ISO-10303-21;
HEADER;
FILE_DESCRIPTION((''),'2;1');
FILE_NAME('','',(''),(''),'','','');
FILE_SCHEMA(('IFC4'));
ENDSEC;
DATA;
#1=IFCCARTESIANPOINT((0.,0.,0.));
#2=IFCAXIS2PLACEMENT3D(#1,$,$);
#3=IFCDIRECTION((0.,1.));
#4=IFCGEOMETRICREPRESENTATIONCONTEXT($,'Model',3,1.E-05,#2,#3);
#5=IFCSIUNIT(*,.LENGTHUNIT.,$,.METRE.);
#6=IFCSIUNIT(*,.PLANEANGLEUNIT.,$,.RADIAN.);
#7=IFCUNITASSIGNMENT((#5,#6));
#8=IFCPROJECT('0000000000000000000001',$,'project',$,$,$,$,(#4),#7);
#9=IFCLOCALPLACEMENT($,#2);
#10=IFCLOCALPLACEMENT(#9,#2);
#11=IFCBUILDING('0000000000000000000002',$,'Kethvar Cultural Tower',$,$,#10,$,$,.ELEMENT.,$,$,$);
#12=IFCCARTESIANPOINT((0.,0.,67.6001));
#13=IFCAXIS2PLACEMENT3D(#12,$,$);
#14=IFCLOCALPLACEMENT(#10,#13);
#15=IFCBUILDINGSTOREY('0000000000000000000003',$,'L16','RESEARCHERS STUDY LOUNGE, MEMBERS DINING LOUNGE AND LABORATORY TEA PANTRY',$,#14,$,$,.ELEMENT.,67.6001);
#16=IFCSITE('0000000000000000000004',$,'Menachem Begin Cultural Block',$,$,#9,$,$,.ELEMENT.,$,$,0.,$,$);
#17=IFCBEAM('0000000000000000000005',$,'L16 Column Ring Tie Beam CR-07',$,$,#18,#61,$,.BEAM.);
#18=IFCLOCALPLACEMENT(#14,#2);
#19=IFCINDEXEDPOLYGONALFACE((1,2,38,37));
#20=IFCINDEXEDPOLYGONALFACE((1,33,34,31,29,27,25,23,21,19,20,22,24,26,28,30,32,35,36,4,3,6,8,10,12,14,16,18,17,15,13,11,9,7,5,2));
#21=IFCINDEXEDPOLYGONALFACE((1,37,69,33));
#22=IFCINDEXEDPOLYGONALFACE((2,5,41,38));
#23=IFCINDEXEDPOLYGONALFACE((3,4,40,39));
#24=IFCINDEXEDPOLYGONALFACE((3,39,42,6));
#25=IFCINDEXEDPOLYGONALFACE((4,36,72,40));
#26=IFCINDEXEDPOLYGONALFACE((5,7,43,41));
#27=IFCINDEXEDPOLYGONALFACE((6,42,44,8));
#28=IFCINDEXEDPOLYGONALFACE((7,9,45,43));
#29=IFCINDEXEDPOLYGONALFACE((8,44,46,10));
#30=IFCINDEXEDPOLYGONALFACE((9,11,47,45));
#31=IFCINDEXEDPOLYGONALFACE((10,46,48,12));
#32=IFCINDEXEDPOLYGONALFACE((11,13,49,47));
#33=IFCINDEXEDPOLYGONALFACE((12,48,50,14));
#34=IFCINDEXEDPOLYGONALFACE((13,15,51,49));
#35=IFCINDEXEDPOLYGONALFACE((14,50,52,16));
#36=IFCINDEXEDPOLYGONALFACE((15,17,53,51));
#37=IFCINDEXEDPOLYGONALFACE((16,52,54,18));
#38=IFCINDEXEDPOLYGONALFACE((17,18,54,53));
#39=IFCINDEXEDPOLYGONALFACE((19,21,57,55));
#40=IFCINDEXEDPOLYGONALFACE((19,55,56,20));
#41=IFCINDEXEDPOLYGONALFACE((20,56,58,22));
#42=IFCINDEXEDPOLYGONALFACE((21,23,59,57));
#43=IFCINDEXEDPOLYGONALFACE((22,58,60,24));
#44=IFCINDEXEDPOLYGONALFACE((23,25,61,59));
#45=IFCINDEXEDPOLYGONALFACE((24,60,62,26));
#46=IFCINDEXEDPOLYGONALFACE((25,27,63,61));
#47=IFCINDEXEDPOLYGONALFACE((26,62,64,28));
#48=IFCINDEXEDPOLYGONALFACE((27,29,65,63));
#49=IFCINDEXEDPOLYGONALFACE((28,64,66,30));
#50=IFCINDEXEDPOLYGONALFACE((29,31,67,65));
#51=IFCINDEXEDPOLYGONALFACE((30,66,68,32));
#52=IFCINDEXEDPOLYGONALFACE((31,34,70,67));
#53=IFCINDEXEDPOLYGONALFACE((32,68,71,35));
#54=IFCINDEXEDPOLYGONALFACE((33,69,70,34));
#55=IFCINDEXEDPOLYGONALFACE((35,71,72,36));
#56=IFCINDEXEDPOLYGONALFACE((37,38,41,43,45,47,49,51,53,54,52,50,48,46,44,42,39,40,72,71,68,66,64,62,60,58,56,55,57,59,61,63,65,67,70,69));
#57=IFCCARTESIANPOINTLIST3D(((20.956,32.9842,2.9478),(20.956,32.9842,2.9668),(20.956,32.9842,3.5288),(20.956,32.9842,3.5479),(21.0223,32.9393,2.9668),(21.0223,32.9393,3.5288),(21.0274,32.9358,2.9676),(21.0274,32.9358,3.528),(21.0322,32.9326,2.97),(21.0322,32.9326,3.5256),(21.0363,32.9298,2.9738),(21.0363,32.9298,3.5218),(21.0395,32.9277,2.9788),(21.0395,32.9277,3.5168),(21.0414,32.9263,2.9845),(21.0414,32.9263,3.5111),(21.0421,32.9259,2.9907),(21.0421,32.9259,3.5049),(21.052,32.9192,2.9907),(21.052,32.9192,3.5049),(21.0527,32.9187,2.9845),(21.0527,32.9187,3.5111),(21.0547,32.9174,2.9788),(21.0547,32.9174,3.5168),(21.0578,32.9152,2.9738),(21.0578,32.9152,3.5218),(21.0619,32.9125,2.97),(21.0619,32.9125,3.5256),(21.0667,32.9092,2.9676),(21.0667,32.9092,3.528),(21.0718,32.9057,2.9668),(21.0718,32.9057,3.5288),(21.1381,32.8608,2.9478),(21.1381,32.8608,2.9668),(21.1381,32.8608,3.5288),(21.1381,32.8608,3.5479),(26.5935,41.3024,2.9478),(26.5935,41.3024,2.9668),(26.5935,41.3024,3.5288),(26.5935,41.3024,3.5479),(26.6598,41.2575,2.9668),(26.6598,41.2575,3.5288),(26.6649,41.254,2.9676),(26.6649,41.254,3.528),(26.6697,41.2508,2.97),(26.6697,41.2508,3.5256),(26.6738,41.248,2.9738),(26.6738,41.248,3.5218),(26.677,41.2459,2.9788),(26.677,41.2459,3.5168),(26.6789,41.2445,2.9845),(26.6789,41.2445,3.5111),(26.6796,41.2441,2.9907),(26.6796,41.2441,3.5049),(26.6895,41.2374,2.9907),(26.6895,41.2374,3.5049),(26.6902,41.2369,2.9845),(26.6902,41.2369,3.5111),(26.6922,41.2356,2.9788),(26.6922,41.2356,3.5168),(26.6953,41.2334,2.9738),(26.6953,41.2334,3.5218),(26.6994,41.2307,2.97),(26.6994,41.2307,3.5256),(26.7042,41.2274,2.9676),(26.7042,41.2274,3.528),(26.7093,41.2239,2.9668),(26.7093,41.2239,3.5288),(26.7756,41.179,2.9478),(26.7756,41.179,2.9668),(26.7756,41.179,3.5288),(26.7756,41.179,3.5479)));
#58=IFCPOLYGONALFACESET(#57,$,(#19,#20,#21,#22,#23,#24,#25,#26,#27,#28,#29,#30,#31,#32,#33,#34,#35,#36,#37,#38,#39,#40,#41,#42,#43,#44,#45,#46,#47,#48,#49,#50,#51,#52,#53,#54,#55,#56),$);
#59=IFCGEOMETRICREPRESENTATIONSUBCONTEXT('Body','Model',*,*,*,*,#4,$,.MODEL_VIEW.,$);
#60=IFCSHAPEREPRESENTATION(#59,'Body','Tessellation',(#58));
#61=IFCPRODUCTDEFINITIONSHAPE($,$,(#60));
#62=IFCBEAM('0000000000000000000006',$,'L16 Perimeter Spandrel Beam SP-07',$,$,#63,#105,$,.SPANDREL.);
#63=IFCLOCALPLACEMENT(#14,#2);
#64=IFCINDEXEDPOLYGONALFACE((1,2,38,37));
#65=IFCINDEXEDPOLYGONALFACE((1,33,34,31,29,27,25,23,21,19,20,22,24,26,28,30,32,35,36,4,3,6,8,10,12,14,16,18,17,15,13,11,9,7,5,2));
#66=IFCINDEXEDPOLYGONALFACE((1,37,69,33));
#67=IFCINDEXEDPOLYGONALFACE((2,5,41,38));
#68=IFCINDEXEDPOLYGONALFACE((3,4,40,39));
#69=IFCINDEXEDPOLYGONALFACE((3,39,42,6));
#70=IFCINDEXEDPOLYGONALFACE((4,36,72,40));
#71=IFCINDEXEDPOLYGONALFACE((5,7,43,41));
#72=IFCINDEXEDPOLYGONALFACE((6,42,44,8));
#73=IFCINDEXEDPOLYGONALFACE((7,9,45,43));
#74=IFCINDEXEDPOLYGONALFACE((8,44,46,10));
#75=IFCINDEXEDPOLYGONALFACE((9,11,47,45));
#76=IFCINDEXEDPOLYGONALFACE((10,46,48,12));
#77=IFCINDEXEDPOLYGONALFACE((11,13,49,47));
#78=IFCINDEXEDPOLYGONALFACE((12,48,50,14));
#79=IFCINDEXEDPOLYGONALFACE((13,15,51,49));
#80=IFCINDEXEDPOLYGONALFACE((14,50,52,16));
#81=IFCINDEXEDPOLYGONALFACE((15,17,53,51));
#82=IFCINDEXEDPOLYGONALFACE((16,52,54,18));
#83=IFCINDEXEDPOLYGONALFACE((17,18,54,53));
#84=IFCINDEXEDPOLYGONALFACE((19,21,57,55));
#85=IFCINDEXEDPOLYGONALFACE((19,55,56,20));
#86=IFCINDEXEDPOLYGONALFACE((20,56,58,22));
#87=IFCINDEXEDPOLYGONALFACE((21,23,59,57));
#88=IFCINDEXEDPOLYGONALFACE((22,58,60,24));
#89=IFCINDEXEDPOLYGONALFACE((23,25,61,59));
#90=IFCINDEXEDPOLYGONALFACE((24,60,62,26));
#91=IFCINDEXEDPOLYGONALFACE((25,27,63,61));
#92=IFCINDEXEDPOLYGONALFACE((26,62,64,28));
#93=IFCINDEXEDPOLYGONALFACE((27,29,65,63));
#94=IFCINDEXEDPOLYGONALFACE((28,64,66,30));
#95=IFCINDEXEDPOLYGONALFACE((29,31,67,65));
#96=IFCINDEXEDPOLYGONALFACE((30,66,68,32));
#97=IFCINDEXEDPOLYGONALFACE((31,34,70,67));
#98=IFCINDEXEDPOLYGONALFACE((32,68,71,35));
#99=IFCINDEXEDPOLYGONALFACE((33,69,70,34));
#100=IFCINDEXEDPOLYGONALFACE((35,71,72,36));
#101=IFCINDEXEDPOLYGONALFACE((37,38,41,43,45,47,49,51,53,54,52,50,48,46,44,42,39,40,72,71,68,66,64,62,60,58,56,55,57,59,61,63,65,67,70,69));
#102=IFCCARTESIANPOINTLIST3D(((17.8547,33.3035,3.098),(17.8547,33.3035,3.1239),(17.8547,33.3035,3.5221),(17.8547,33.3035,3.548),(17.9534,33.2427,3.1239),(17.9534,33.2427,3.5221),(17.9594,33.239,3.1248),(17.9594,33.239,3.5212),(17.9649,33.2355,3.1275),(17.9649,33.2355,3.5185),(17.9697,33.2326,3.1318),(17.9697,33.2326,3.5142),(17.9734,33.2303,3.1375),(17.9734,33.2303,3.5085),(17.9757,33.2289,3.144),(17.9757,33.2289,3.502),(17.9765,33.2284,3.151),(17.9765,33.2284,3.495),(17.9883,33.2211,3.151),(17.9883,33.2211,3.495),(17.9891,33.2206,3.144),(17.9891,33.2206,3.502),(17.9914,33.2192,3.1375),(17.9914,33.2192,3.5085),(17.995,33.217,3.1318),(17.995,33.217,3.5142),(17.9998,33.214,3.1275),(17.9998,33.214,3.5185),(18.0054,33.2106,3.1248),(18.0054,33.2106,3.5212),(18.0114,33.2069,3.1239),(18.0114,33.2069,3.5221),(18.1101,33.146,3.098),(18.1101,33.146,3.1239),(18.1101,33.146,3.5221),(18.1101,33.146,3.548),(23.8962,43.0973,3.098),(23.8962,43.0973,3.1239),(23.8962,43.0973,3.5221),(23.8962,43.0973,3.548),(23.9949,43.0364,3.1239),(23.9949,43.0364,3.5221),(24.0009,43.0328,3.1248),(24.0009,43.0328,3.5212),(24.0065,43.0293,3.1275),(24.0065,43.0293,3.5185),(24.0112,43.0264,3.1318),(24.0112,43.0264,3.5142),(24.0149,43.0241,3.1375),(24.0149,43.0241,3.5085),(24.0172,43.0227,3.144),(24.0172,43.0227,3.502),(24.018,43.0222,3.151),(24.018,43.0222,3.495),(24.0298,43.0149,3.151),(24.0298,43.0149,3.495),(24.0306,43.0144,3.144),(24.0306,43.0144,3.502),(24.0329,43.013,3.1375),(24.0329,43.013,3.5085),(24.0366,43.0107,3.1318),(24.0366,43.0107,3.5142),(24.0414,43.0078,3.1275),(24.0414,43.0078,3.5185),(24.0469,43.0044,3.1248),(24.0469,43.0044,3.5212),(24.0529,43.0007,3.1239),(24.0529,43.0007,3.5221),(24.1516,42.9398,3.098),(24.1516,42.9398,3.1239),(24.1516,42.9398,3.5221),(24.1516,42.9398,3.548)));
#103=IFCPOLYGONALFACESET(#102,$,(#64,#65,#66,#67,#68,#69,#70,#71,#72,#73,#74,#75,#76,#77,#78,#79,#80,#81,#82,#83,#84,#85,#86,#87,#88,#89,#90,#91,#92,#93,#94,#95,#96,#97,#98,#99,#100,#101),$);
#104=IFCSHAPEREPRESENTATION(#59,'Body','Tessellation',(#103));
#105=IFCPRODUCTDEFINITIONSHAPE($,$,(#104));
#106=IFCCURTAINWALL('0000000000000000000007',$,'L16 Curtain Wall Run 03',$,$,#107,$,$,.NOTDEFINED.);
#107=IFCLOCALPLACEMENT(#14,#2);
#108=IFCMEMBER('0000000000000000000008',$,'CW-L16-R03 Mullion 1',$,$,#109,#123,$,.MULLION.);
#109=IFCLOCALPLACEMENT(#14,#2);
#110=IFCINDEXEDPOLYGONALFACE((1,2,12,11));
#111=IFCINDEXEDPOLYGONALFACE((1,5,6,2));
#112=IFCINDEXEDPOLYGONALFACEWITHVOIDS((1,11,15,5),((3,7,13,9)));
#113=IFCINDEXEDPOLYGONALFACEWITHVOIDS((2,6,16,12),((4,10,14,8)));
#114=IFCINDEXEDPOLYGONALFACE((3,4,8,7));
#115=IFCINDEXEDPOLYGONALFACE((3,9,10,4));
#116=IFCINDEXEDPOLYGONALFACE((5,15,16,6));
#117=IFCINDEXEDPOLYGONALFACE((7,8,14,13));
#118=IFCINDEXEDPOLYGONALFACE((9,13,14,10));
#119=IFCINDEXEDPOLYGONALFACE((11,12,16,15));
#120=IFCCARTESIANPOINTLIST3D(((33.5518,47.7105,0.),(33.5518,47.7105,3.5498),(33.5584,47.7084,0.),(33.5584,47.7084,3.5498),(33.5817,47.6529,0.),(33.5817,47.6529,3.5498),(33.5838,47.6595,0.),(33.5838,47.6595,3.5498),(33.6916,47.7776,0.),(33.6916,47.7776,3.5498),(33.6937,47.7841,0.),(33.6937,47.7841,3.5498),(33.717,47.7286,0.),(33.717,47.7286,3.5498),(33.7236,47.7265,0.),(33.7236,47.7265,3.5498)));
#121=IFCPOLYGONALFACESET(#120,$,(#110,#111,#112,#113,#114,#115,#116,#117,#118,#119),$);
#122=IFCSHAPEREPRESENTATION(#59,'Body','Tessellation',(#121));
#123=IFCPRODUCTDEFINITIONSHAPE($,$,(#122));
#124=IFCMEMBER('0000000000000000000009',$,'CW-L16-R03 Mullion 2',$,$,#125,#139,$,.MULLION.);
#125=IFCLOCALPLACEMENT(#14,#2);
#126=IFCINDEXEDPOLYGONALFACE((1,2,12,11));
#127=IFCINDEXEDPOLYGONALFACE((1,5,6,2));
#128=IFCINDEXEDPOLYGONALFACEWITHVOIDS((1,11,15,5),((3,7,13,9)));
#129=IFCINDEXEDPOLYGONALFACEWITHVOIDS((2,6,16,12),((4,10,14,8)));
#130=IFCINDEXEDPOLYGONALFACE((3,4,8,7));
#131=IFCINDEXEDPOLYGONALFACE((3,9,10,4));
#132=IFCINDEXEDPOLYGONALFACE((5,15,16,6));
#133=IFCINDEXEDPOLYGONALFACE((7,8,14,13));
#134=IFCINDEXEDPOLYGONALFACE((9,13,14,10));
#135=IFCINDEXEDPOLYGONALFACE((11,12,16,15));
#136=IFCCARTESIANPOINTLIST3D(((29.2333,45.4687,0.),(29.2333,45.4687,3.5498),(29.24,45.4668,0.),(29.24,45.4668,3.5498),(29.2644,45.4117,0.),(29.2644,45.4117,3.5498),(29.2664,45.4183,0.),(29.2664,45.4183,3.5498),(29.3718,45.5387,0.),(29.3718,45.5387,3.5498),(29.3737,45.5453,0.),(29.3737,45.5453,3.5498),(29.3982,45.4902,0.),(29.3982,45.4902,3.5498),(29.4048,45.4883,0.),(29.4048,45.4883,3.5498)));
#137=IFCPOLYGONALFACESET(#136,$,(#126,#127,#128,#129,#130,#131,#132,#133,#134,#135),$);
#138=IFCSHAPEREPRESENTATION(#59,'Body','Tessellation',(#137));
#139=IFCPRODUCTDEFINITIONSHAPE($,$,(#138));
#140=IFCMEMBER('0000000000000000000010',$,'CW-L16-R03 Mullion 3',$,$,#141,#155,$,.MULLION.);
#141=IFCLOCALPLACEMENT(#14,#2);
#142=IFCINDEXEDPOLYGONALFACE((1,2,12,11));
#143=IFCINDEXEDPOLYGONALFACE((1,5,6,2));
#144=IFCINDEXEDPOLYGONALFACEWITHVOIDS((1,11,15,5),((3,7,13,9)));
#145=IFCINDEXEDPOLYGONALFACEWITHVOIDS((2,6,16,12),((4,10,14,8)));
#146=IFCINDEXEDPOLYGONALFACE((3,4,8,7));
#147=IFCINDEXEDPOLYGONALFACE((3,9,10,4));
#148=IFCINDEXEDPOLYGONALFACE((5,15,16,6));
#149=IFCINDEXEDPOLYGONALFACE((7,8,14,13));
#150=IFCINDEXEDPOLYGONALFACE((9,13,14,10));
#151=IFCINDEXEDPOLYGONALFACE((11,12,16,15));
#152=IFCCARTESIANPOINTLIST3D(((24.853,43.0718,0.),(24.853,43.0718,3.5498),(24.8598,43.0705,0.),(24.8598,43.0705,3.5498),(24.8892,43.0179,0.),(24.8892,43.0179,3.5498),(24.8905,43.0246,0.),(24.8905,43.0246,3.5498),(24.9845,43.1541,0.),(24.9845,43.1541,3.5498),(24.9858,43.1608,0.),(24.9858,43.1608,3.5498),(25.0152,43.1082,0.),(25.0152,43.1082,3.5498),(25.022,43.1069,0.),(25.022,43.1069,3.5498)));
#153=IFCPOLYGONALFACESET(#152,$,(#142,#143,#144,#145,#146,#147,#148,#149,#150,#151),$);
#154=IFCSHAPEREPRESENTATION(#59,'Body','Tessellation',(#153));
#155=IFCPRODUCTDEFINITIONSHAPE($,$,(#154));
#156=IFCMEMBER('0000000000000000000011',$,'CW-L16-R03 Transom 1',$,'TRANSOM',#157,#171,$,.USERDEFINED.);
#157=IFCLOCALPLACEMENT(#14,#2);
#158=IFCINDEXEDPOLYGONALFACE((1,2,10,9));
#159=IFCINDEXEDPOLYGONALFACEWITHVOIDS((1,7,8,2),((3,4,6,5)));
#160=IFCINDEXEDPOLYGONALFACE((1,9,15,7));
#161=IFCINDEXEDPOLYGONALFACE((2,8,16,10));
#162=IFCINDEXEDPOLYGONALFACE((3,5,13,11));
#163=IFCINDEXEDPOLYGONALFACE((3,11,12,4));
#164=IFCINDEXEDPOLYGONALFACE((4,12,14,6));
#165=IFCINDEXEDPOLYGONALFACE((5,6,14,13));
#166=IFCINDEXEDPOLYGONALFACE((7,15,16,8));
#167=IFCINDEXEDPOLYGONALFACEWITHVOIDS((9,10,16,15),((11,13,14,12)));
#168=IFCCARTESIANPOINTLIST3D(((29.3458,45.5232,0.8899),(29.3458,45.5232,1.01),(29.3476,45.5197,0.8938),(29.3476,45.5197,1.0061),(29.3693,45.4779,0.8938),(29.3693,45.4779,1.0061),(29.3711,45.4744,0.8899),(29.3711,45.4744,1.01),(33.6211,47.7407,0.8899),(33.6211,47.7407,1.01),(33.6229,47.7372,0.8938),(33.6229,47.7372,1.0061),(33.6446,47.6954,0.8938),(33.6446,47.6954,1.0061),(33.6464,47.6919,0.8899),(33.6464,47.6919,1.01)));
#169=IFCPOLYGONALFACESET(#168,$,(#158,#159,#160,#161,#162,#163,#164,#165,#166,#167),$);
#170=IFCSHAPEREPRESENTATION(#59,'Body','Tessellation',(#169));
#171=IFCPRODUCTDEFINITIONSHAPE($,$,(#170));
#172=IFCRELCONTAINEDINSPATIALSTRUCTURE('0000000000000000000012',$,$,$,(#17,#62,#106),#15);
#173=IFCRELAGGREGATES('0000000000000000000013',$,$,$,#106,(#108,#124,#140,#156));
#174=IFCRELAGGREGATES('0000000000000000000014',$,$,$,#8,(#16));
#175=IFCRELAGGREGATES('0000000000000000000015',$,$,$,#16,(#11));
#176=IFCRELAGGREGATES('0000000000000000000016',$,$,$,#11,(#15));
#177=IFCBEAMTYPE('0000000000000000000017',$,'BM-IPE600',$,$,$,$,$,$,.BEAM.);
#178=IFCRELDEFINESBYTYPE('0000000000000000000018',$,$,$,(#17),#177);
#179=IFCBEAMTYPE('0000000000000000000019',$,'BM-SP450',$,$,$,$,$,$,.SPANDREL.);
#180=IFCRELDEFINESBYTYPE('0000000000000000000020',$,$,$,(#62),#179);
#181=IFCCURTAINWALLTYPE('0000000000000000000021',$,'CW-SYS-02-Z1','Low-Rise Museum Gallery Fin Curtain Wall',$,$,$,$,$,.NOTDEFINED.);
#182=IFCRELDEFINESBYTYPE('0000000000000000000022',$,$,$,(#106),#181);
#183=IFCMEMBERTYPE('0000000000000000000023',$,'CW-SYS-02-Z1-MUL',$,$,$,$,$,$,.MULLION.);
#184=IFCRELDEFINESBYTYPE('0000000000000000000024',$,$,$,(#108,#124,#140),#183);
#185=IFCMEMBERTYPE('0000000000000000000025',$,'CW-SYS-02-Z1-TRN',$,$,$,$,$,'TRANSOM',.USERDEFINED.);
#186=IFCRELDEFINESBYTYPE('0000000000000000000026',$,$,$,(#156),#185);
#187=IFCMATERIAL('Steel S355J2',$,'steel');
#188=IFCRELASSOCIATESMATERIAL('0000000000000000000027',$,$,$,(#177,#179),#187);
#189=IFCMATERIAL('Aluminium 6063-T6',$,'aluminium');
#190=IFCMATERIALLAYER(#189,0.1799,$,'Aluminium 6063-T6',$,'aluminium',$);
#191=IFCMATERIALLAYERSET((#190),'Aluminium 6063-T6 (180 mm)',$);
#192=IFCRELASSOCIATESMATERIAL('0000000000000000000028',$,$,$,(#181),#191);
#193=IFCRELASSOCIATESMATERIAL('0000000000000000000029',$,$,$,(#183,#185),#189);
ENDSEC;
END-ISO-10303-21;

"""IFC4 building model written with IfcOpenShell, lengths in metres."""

from ifc_helpers import new_model, si_unit, direction, frame, origin, origin_2d, place, context, subcontext, project, spatial, hollow_rectangle, i_section, extrude, source, transform, mapped, material, layer, layer_set, material_profile, profile_set, type_object, element, aggregate, save


model = new_model("IFC4")

# Units and contexts
model_context = context("Model", 3, precision=1e-05, world=origin(), true_north=direction((0.0, 1.0)))
body_context = subcontext(model_context, "Body", "Model", "MODEL_VIEW")
ifc_project = project(units=[si_unit("LENGTHUNIT", "METRE"), si_unit("PLANEANGLEUNIT", "RADIAN")], contexts=[model_context])

# Site, building, storey
site_placement = place(None, origin())
site = spatial("IfcSite", under=ifc_project, at=site_placement, Name="Menachem Begin Cultural Block", CompositionType="ELEMENT", RefElevation=0.0)
building_placement = place(site_placement, origin())
building = spatial("IfcBuilding", under=site, at=building_placement, Name="Kethvar Cultural Tower", CompositionType="ELEMENT")
storey_placement = place(building_placement, frame((0.0, 0.0, 67.6001)))
storey = spatial("IfcBuildingStorey", under=building, at=storey_placement, Name="L16", Description="RESEARCHERS STUDY LOUNGE, MEMBERS DINING LOUNGE AND LABORATORY TEA PANTRY", CompositionType="ELEMENT", Elevation=67.6001)

# Beams
ifc_material_1 = material(Name="Steel S355J2", Category="steel")
ifc_material_profile_1 = material_profile(ifc_material_1, i_section(OverallWidth=0.22, OverallDepth=0.6001, WebThickness=0.012, FlangeThickness=0.019, FilletRadius=0.0239, at=origin_2d()), Name="Steel S355J2 — IPE600")
ifc_profile_set_1 = profile_set([ifc_material_profile_1], Name="Steel S355J2 — IPE600")
beam_type_1 = type_object("IfcBeamType", Name="BM-IPE600", PredefinedType="BEAM", material=ifc_profile_set_1)
ifc_material_profile_2 = material_profile(ifc_material_1, i_section(OverallWidth=0.3, OverallDepth=0.45, WebThickness=0.0139, FlangeThickness=0.0259, FilletRadius=0.0271, at=origin_2d()), Name="Steel S355J2 — HEB450")
ifc_profile_set_2 = profile_set([ifc_material_profile_2], Name="Steel S355J2 — HEB450")
beam_type_2 = type_object("IfcBeamType", Name="BM-SP450", PredefinedType="SPANDREL", material=ifc_profile_set_2)
shared_shape_1 = source(origin(), body_context, "Body", "SweptSolid", [
    extrude(i_section(OverallWidth=0.22, OverallDepth=0.6001, WebThickness=0.012, FlangeThickness=0.019, FilletRadius=0.0239, at=origin_2d()), origin(), (0.0, 0.0, 1.0), 10.0486),
])
beam_1_placement = place(storey_placement, frame((26.6846, 41.2407, 3.2478), z_axis=(-0.561025, -0.827799, 0.0), x_axis=(0.827799, -0.561025, 0.0)))
element("IfcBeam", 1, at=beam_1_placement, inside=storey, type_object=beam_type_1, Name="L16 Column Ring Tie Beam CR-07", PredefinedType="BEAM", context=body_context, shape_type="MappedRepresentation", body=[
    mapped(shared_shape_1, transform((0.0, 0.0, 0.0), scale=1.0)),
])
shared_shape_2 = source(origin(), body_context, "Body", "SweptSolid", [
    extrude(i_section(OverallWidth=0.3, OverallDepth=0.45, WebThickness=0.0139, FlangeThickness=0.0259, FilletRadius=0.0271, at=origin_2d()), origin(), (0.0, 0.0, 1.0), 11.5073),
])
beam_2_placement = place(storey_placement, frame((24.0239, 43.0186, 3.323), z_axis=(-0.525018, -0.851091, 0.0), x_axis=(0.851091, -0.525018, 0.0)))
element("IfcBeam", 2, at=beam_2_placement, inside=storey, type_object=beam_type_2, Name="L16 Perimeter Spandrel Beam SP-07", PredefinedType="SPANDREL", context=body_context, shape_type="MappedRepresentation", body=[
    mapped(shared_shape_2, transform((0.0, 0.0, 0.0), scale=1.0)),
])

# Curtain wall, members
ifc_material_2 = material(Name="Aluminium 6063-T6", Category="aluminium")
ifc_layer_1 = layer(ifc_material_2, 0.1799, Name="Aluminium 6063-T6", Category="aluminium")
ifc_layer_set_1 = layer_set([ifc_layer_1], Name="Aluminium 6063-T6 (180 mm)")
curtain_wall_type = type_object("IfcCurtainWallType", Name="CW-SYS-02-Z1", Description="Low-Rise Museum Gallery Fin Curtain Wall", PredefinedType="NOTDEFINED", material=ifc_layer_set_1)
curtain_wall_placement = place(storey_placement, origin())
curtain_wall = element("IfcCurtainWall", 3, at=curtain_wall_placement, inside=storey, type_object=curtain_wall_type, Name="L16 Curtain Wall Run 03", PredefinedType="NOTDEFINED")
ifc_material_profile_3 = material_profile(ifc_material_2, hollow_rectangle(XDim=0.0649, YDim=0.1599, WallThickness=0.0049, at=origin_2d()), Name="Aluminium 6063-T6 — RHS160x65x5")
ifc_profile_set_3 = profile_set([ifc_material_profile_3], Name="Aluminium 6063-T6 — RHS160x65x5")
member_type_1 = type_object("IfcMemberType", Name="CW-SYS-02-Z1-MUL", PredefinedType="MULLION", material=ifc_profile_set_3)
shared_shape_3 = source(origin(), body_context, "Body", "SweptSolid", [
    extrude(hollow_rectangle(XDim=0.0649, YDim=0.1599, WallThickness=0.0049, at=origin_2d()), origin(), (0.0, 0.0, 1.0), 3.5498),
])
member_1_placement = place(storey_placement, frame((33.6377, 47.7185, 0.0), z_axis=(0.0, 0.0, 1.0), x_axis=(0.460401, -0.887711, 0.0)))
member_1 = element("IfcMember", 4, at=member_1_placement, type_object=member_type_1, Name="CW-L16-R03 Mullion 1", PredefinedType="MULLION", context=body_context, shape_type="MappedRepresentation", body=[
    mapped(shared_shape_3, transform((0.0, 0.0, 0.0), scale=1.0)),
])
member_2_placement = place(storey_placement, frame((29.3191, 45.4785, 0.0), z_axis=(0.0, 0.0, 1.0), x_axis=(0.478845, -0.877899, 0.0)))
member_2 = element("IfcMember", 5, at=member_2_placement, type_object=member_type_1, Name="CW-L16-R03 Mullion 2", PredefinedType="MULLION", context=body_context, shape_type="MappedRepresentation", body=[
    mapped(shared_shape_3, transform((0.0, 0.0, 0.0), scale=1.0)),
])
member_3_placement = place(storey_placement, frame((24.9375, 43.0894, 0.0), z_axis=(0.0, 0.0, 1.0), x_axis=(0.556818, -0.830635, 0.0)))
member_3 = element("IfcMember", 6, at=member_3_placement, type_object=member_type_1, Name="CW-L16-R03 Mullion 3", PredefinedType="MULLION", context=body_context, shape_type="MappedRepresentation", body=[
    mapped(shared_shape_3, transform((0.0, 0.0, 0.0), scale=1.0)),
])
ifc_material_profile_4 = material_profile(ifc_material_2, hollow_rectangle(XDim=0.0549, YDim=0.1201, WallThickness=0.0039, at=origin_2d()), Name="Aluminium 6063-T6 — RHS120x55x4")
ifc_profile_set_4 = profile_set([ifc_material_profile_4], Name="Aluminium 6063-T6 — RHS120x55x4")
member_type_2 = type_object("IfcMemberType", Name="CW-SYS-02-Z1-TRN", ElementType="TRANSOM", PredefinedType="USERDEFINED", material=ifc_profile_set_4)
shared_shape_4 = source(origin(), body_context, "Body", "SweptSolid", [
    extrude(hollow_rectangle(XDim=0.0549, YDim=0.1201, WallThickness=0.0039, at=origin_2d()), origin(), (0.0, 0.0, 1.0), 4.8162),
])
member_4_placement = place(storey_placement, frame((33.6338, 47.7163, 0.95), z_axis=(-0.887699, -0.460425, 0.0), x_axis=(0.460425, -0.887699, 0.0)))
member_4 = element("IfcMember", 7, at=member_4_placement, type_object=member_type_2, Name="CW-L16-R03 Transom 1", ObjectType="TRANSOM", PredefinedType="USERDEFINED", context=body_context, shape_type="MappedRepresentation", body=[
    mapped(shared_shape_4, transform((0.0, 0.0, 0.0), scale=1.0)),
])
aggregate(curtain_wall, [member_1, member_2, member_3, member_4])

save(model, "model.ifc")
